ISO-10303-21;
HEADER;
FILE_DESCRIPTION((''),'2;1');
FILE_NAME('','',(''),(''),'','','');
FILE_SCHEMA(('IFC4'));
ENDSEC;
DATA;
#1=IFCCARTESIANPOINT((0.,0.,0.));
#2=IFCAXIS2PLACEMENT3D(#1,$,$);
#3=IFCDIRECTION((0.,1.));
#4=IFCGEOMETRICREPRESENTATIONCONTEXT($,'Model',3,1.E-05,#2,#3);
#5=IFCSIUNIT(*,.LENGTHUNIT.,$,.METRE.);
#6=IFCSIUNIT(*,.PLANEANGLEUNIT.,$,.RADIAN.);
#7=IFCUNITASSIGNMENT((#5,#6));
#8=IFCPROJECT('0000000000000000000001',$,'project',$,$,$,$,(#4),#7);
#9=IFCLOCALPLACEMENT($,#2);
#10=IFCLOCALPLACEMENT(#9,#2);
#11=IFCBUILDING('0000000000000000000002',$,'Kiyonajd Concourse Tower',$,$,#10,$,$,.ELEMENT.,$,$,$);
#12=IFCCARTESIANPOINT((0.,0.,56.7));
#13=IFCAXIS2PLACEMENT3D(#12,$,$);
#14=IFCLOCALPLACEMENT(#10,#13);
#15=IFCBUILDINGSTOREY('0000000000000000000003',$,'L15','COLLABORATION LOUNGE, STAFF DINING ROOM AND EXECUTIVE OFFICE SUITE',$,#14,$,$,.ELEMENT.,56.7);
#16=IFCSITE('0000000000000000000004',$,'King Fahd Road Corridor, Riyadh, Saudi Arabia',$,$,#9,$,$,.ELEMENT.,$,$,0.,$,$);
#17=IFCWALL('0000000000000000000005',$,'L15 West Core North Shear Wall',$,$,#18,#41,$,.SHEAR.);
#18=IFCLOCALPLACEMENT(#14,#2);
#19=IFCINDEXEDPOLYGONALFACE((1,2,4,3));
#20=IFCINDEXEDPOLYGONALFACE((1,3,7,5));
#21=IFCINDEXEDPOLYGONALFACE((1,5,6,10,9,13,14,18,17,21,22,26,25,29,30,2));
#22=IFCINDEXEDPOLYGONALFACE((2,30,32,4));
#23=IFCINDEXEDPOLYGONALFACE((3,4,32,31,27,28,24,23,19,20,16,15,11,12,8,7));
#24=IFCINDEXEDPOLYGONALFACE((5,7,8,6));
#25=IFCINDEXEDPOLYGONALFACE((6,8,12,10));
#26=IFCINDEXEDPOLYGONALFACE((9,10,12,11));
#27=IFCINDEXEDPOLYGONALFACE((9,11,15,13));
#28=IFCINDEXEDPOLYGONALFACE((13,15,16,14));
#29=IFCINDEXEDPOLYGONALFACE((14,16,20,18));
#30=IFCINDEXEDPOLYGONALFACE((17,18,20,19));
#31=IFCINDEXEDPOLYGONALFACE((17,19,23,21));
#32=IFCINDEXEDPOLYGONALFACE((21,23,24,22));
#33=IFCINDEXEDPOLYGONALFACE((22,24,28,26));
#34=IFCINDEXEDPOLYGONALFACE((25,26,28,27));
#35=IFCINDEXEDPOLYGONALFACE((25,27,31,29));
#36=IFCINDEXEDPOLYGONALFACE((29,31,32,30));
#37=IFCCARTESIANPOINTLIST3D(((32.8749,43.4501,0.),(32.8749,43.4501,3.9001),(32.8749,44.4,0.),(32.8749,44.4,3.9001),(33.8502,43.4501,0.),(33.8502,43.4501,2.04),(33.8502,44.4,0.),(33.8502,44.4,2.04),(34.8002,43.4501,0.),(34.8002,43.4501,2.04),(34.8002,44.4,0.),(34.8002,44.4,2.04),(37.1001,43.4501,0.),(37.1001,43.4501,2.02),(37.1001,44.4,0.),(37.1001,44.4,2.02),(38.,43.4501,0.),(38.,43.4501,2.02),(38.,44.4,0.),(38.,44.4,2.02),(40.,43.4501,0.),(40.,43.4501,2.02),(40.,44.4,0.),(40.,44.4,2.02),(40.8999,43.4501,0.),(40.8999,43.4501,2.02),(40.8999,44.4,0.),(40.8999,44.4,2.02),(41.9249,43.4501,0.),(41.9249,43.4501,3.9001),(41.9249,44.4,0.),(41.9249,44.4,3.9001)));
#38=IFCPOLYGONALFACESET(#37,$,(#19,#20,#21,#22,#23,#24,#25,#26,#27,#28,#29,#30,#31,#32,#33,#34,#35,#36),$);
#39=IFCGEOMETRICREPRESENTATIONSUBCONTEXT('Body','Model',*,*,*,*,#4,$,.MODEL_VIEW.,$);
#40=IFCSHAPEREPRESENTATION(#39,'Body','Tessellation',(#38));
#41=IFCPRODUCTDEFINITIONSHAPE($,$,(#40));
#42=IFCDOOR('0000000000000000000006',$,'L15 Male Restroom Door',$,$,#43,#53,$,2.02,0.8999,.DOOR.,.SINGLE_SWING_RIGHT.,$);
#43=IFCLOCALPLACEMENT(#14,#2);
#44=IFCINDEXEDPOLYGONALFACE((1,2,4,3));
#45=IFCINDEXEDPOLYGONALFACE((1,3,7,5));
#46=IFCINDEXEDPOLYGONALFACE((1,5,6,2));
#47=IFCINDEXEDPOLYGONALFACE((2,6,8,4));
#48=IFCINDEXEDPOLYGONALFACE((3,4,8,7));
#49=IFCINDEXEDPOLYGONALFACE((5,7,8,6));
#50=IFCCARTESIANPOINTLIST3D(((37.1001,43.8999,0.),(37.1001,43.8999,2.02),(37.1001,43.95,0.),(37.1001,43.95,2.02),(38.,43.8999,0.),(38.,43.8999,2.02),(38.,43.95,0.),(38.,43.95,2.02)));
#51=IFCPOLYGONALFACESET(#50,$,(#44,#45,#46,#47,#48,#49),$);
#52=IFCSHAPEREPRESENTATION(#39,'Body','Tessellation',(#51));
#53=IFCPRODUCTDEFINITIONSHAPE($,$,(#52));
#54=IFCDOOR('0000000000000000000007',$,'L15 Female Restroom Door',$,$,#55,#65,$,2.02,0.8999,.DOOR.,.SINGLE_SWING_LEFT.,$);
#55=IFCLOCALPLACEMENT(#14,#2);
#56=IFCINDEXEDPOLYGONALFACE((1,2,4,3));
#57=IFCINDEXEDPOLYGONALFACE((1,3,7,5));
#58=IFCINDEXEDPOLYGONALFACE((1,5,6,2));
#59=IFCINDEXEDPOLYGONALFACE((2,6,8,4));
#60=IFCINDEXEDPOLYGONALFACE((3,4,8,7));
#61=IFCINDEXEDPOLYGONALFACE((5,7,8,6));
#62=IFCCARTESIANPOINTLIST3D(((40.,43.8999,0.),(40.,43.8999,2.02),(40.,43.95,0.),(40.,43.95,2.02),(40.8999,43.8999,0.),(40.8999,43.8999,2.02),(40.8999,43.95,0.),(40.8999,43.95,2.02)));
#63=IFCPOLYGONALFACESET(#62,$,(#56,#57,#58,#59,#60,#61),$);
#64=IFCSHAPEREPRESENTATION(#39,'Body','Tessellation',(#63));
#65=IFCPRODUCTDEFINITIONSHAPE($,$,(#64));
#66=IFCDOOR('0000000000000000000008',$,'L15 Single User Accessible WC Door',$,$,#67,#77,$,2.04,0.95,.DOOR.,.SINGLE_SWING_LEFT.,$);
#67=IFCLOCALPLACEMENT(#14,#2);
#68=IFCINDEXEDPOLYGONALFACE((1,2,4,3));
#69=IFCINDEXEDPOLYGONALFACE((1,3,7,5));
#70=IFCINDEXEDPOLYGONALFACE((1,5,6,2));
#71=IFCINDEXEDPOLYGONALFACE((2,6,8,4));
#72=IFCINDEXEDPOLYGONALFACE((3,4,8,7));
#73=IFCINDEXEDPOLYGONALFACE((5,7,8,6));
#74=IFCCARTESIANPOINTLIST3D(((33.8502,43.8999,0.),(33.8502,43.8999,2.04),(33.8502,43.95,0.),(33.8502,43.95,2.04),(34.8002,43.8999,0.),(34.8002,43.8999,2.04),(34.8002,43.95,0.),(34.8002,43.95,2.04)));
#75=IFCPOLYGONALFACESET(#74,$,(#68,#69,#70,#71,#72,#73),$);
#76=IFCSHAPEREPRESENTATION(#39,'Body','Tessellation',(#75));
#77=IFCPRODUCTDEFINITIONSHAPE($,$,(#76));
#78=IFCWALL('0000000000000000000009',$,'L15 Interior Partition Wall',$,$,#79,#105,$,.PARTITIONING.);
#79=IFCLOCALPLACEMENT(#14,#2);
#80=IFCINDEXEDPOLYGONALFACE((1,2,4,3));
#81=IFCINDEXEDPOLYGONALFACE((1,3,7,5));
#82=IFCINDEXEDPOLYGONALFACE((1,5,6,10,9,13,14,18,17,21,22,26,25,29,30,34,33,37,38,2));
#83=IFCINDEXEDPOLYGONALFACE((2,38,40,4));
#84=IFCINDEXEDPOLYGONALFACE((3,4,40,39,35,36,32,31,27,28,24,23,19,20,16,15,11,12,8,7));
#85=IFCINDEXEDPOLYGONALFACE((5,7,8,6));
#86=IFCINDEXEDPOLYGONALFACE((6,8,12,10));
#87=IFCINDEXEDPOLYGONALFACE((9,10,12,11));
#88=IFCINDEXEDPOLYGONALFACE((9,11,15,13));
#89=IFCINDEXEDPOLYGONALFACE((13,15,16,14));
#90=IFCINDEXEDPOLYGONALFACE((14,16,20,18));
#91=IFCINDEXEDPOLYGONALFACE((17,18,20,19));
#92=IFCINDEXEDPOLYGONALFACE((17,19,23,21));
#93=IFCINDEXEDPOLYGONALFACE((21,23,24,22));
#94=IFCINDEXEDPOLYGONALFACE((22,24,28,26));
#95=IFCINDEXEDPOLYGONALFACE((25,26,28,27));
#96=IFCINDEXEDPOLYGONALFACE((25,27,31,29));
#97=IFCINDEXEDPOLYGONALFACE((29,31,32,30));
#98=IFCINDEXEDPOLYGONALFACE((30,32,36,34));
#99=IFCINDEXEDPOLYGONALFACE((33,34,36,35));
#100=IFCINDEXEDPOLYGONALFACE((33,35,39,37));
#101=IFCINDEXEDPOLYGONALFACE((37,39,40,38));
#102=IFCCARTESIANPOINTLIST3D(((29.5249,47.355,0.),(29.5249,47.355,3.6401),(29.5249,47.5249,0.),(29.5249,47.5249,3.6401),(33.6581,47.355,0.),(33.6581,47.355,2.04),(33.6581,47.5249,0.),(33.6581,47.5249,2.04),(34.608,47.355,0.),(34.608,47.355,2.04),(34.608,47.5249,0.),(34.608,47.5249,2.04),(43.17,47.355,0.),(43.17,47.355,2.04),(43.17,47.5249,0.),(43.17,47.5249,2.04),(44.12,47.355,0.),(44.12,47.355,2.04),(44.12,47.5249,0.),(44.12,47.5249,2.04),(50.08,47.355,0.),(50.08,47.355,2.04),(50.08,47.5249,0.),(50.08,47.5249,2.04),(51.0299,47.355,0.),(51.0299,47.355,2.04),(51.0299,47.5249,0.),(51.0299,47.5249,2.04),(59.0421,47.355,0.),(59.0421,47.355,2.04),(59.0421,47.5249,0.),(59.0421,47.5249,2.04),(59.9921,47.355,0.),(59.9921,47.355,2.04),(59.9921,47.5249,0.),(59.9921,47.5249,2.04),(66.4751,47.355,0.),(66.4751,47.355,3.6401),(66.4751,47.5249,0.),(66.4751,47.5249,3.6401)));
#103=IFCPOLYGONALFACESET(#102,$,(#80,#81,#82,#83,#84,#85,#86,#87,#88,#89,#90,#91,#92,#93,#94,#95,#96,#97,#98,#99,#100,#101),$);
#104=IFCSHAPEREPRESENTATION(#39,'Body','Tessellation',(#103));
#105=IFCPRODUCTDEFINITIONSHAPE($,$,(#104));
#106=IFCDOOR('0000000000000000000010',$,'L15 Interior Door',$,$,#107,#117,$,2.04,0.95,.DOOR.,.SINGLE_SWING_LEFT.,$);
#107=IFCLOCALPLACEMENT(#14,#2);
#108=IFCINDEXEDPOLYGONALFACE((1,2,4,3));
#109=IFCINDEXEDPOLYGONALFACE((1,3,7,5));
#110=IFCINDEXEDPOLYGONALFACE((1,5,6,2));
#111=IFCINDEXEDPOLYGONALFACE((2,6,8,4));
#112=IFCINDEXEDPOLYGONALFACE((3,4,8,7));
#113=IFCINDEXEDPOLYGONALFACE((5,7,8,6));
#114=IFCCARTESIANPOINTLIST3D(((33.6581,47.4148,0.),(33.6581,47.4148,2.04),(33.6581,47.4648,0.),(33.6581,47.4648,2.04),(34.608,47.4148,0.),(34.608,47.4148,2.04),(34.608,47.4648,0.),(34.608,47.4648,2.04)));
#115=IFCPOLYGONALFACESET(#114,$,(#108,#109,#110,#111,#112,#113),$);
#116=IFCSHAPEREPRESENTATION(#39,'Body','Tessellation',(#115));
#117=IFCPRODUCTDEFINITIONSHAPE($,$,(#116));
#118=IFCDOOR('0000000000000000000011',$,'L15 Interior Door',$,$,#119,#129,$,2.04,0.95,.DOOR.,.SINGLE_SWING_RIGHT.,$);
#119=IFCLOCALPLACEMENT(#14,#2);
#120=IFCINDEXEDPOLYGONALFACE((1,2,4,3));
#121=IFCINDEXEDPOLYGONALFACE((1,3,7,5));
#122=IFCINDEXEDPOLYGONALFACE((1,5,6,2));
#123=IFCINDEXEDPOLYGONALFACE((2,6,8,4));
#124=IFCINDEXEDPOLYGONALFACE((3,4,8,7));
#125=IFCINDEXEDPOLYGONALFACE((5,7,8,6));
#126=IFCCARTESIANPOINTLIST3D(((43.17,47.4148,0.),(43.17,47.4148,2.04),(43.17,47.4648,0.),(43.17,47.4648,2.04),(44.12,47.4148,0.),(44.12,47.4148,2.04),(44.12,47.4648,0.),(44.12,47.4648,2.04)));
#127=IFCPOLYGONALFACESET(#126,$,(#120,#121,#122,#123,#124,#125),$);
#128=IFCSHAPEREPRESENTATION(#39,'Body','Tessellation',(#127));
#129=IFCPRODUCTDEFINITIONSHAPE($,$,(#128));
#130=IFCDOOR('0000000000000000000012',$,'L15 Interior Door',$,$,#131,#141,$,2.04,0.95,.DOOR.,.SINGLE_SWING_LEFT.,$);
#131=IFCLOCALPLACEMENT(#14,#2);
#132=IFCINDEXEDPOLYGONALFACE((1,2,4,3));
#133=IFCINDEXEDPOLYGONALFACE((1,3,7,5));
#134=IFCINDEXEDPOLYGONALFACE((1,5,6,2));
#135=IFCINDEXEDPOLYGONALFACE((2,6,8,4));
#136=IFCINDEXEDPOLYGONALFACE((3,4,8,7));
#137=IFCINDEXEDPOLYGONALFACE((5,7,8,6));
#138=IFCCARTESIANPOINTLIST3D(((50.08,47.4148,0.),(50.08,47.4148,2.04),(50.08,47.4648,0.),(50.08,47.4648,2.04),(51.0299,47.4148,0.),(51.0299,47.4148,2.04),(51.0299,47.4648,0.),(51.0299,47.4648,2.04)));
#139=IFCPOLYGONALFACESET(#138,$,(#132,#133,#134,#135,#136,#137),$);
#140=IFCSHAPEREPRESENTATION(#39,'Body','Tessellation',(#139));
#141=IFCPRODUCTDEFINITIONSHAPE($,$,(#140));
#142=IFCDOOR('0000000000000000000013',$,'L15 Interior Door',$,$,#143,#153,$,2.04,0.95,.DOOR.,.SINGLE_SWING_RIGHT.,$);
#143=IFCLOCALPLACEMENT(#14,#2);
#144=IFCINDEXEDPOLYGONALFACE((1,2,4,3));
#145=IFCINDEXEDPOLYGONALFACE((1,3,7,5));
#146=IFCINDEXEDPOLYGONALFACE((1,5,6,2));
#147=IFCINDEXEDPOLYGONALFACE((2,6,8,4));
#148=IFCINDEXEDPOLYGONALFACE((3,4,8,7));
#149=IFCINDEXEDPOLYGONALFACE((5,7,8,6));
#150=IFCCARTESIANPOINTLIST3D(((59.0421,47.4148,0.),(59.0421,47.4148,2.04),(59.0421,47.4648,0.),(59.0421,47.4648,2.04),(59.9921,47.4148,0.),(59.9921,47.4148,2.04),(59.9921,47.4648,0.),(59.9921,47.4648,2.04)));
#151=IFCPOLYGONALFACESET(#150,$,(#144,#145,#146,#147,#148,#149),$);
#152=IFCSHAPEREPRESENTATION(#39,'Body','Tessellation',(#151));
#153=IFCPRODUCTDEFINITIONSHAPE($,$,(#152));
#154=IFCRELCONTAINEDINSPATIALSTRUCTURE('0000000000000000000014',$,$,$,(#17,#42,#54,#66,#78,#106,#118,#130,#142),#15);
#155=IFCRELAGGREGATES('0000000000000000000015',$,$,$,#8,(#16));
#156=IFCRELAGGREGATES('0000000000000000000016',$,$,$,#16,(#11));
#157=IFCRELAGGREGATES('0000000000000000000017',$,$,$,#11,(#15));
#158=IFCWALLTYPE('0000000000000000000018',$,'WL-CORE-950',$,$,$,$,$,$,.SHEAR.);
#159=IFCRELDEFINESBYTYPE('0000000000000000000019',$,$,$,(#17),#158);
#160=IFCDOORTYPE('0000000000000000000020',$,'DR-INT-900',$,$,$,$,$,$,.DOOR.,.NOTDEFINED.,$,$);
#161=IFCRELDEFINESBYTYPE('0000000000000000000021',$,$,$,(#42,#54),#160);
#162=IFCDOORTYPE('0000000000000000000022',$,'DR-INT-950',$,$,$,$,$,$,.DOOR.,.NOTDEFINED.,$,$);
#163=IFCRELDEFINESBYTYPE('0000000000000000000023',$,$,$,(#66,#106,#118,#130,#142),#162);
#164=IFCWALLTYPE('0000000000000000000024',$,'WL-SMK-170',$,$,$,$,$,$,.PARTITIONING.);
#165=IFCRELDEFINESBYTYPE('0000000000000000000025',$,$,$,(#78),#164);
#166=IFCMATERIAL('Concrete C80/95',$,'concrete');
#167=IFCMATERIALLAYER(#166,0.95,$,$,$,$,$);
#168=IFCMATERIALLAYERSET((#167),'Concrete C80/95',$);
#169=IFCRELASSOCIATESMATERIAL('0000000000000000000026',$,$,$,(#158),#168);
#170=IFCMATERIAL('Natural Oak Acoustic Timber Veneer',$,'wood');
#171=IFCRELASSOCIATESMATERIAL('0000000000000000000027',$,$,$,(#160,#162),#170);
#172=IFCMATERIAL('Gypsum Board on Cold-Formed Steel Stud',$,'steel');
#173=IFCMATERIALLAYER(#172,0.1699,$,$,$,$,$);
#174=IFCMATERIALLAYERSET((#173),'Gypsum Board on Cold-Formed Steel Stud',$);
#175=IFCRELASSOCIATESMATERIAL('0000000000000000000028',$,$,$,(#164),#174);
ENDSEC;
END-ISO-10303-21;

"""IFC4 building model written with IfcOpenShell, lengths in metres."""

from ifc_helpers import new_model, si_unit, direction, frame, frame_2d, origin, place, context, subcontext, project, spatial, rectangle, extrude, material, layer, layer_set, type_object, element, fill, save


model = new_model("IFC4")

# Units and contexts
model_context = context("Model", 3, precision=1e-05, world=origin(), true_north=direction((0.0, 1.0)))
body_context = subcontext(model_context, "Body", "Model", "MODEL_VIEW")
ifc_project = project(units=[si_unit("LENGTHUNIT", "METRE"), si_unit("PLANEANGLEUNIT", "RADIAN")], contexts=[model_context])

# Site, building, storey
site_placement = place(None, origin())
site = spatial("IfcSite", under=ifc_project, at=site_placement, Name="King Fahd Road Corridor, Riyadh, Saudi Arabia", CompositionType="ELEMENT", RefElevation=0.0)
building_placement = place(site_placement, origin())
building = spatial("IfcBuilding", under=site, at=building_placement, Name="Kiyonajd Concourse Tower", CompositionType="ELEMENT")
storey_placement = place(building_placement, frame((0.0, 0.0, 56.7)))
storey = spatial("IfcBuildingStorey", under=building, at=storey_placement, Name="L15", Description="COLLABORATION LOUNGE, STAFF DINING ROOM AND EXECUTIVE OFFICE SUITE", CompositionType="ELEMENT", Elevation=56.7)

# Shared definitions
ifc_material_1 = material(Name="Concrete C80/95", Category="concrete")

# Walls, openings, doors
ifc_layer_1 = layer(ifc_material_1, 0.95)
ifc_layer_set_1 = layer_set([ifc_layer_1], Name="Concrete C80/95")
wall_type_1 = type_object("IfcWallType", Name="WL-CORE-950", PredefinedType="SHEAR", material=ifc_layer_set_1)
wall_1_placement = place(storey_placement, frame((32.875, 43.925, 0.0), z_axis=(0.0, 0.0, 1.0), x_axis=(1.0, 0.0, 0.0)))
wall_1 = element("IfcWall", 1, at=wall_1_placement, inside=storey, type_object=wall_type_1, Name="L15 West Core North Shear Wall", PredefinedType="SHEAR", context=body_context, shape_type="SweptSolid", body=[
    extrude(rectangle(XDim=9.05, YDim=0.95, at=frame_2d((4.5249, 0.0))), origin(), (0.0, 0.0, 1.0), 3.9001),
])
opening_1_placement = place(wall_1_placement, frame((0.9751, 0.0, 0.0)))
opening_1 = element("IfcOpeningElement", 2, at=opening_1_placement, cuts=wall_1, PredefinedType="OPENING", context=body_context, shape_type="SweptSolid", body=[
    extrude(rectangle(XDim=0.95, YDim=2.04, at=frame_2d((0.4751, 1.02))), frame((0.0, 0.4849, 0.0), z_axis=(0.0, -1.0, 0.0), x_axis=(1.0, 0.0, 0.0)), (0.0, 0.0, 1.0), 0.97),
])
opening_2_placement = place(wall_1_placement, frame((4.2251, 0.0, 0.0)))
opening_2 = element("IfcOpeningElement", 3, at=opening_2_placement, cuts=wall_1, PredefinedType="OPENING", context=body_context, shape_type="SweptSolid", body=[
    extrude(rectangle(XDim=0.8999, YDim=2.02, at=frame_2d((0.45, 1.01))), frame((0.0, 0.4849, 0.0), z_axis=(0.0, -1.0, 0.0), x_axis=(1.0, 0.0, 0.0)), (0.0, 0.0, 1.0), 0.97),
])
opening_3_placement = place(wall_1_placement, frame((7.125, 0.0, 0.0)))
opening_3 = element("IfcOpeningElement", 4, at=opening_3_placement, cuts=wall_1, PredefinedType="OPENING", context=body_context, shape_type="SweptSolid", body=[
    extrude(rectangle(XDim=0.8999, YDim=2.02, at=frame_2d((0.45, 1.01))), frame((0.0, 0.4849, 0.0), z_axis=(0.0, -1.0, 0.0), x_axis=(1.0, 0.0, 0.0)), (0.0, 0.0, 1.0), 0.97),
])
ifc_material_2 = material(Name="Natural Oak Acoustic Timber Veneer", Category="wood")
door_type_1 = type_object("IfcDoorType", Name="DR-INT-900", OperationType="NOTDEFINED", PredefinedType="DOOR", material=ifc_material_2)
door_1_placement = place(opening_2_placement, origin())
door_1 = element("IfcDoor", 5, at=door_1_placement, inside=storey, type_object=door_type_1, Name="L15 Male Restroom Door", OperationType="SINGLE_SWING_RIGHT", OverallHeight=2.02, OverallWidth=0.8999, PredefinedType="DOOR", context=body_context, shape_type="SweptSolid", body=[
    extrude(rectangle(XDim=0.8999, YDim=2.02, at=frame_2d((0.45, 1.01))), frame((0.0, 0.0249, 0.0), z_axis=(0.0, -1.0, 0.0), x_axis=(1.0, 0.0, 0.0)), (0.0, 0.0, 1.0), 0.05),
])
fill(opening_2, door_1)
door_2_placement = place(opening_3_placement, origin())
door_2 = element("IfcDoor", 6, at=door_2_placement, inside=storey, type_object=door_type_1, Name="L15 Female Restroom Door", OperationType="SINGLE_SWING_LEFT", OverallHeight=2.02, OverallWidth=0.8999, PredefinedType="DOOR", context=body_context, shape_type="SweptSolid", body=[
    extrude(rectangle(XDim=0.8999, YDim=2.02, at=frame_2d((0.45, 1.01))), frame((0.0, 0.0249, 0.0), z_axis=(0.0, -1.0, 0.0), x_axis=(1.0, 0.0, 0.0)), (0.0, 0.0, 1.0), 0.05),
])
fill(opening_3, door_2)
door_type_2 = type_object("IfcDoorType", Name="DR-INT-950", OperationType="NOTDEFINED", PredefinedType="DOOR", material=ifc_material_2)
door_3_placement = place(opening_1_placement, origin())
door_3 = element("IfcDoor", 7, at=door_3_placement, inside=storey, type_object=door_type_2, Name="L15 Single User Accessible WC Door", OperationType="SINGLE_SWING_LEFT", OverallHeight=2.04, OverallWidth=0.95, PredefinedType="DOOR", context=body_context, shape_type="SweptSolid", body=[
    extrude(rectangle(XDim=0.95, YDim=2.04, at=frame_2d((0.4751, 1.02))), frame((0.0, 0.0249, 0.0), z_axis=(0.0, -1.0, 0.0), x_axis=(1.0, 0.0, 0.0)), (0.0, 0.0, 1.0), 0.05),
])
fill(opening_1, door_3)
ifc_material_3 = material(Name="Gypsum Board on Cold-Formed Steel Stud", Category="steel")
ifc_layer_2 = layer(ifc_material_3, 0.1699)
ifc_layer_set_2 = layer_set([ifc_layer_2], Name="Gypsum Board on Cold-Formed Steel Stud")
wall_type_2 = type_object("IfcWallType", Name="WL-SMK-170", PredefinedType="PARTITIONING", material=ifc_layer_set_2)
wall_2_placement = place(storey_placement, frame((29.5249, 47.4399, 0.0), z_axis=(0.0, 0.0, 1.0), x_axis=(1.0, 0.0, 0.0)))
wall_2 = element("IfcWall", 8, at=wall_2_placement, inside=storey, type_object=wall_type_2, Name="L15 Interior Partition Wall", PredefinedType="PARTITIONING", context=body_context, shape_type="SweptSolid", body=[
    extrude(rectangle(XDim=36.9502, YDim=0.1699, at=frame_2d((18.4751, 0.0))), origin(), (0.0, 0.0, 1.0), 3.6401),
])
opening_4_placement = place(wall_2_placement, frame((4.1331, 0.0, 0.0)))
opening_4 = element("IfcOpeningElement", 9, at=opening_4_placement, cuts=wall_2, PredefinedType="OPENING", context=body_context, shape_type="SweptSolid", body=[
    extrude(rectangle(XDim=0.95, YDim=2.04, at=frame_2d((0.4751, 1.02))), frame((0.0, 0.095, 0.0), z_axis=(0.0, -1.0, 0.0), x_axis=(1.0, 0.0, 0.0)), (0.0, 0.0, 1.0), 0.1899),
])
opening_5_placement = place(wall_2_placement, frame((13.645, 0.0, 0.0)))
opening_5 = element("IfcOpeningElement", 10, at=opening_5_placement, cuts=wall_2, PredefinedType="OPENING", context=body_context, shape_type="SweptSolid", body=[
    extrude(rectangle(XDim=0.95, YDim=2.04, at=frame_2d((0.4751, 1.02))), frame((0.0, 0.095, 0.0), z_axis=(0.0, -1.0, 0.0), x_axis=(1.0, 0.0, 0.0)), (0.0, 0.0, 1.0), 0.1899),
])
opening_6_placement = place(wall_2_placement, frame((20.5549, 0.0, 0.0)))
opening_6 = element("IfcOpeningElement", 11, at=opening_6_placement, cuts=wall_2, PredefinedType="OPENING", context=body_context, shape_type="SweptSolid", body=[
    extrude(rectangle(XDim=0.95, YDim=2.04, at=frame_2d((0.4751, 1.02))), frame((0.0, 0.095, 0.0), z_axis=(0.0, -1.0, 0.0), x_axis=(1.0, 0.0, 0.0)), (0.0, 0.0, 1.0), 0.1899),
])
opening_7_placement = place(wall_2_placement, frame((29.5171, 0.0, 0.0)))
opening_7 = element("IfcOpeningElement", 12, at=opening_7_placement, cuts=wall_2, PredefinedType="OPENING", context=body_context, shape_type="SweptSolid", body=[
    extrude(rectangle(XDim=0.95, YDim=2.04, at=frame_2d((0.4751, 1.02))), frame((0.0, 0.095, 0.0), z_axis=(0.0, -1.0, 0.0), x_axis=(1.0, 0.0, 0.0)), (0.0, 0.0, 1.0), 0.1899),
])
door_4_placement = place(opening_4_placement, origin())
door_4 = element("IfcDoor", 13, at=door_4_placement, inside=storey, type_object=door_type_2, Name="L15 Interior Door", OperationType="SINGLE_SWING_LEFT", OverallHeight=2.04, OverallWidth=0.95, PredefinedType="DOOR", context=body_context, shape_type="SweptSolid", body=[
    extrude(rectangle(XDim=0.95, YDim=2.04, at=frame_2d((0.4751, 1.02))), frame((0.0, 0.0249, 0.0), z_axis=(0.0, -1.0, 0.0), x_axis=(1.0, 0.0, 0.0)), (0.0, 0.0, 1.0), 0.05),
])
fill(opening_4, door_4)
door_5_placement = place(opening_5_placement, origin())
door_5 = element("IfcDoor", 14, at=door_5_placement, inside=storey, type_object=door_type_2, Name="L15 Interior Door", OperationType="SINGLE_SWING_RIGHT", OverallHeight=2.04, OverallWidth=0.95, PredefinedType="DOOR", context=body_context, shape_type="SweptSolid", body=[
    extrude(rectangle(XDim=0.95, YDim=2.04, at=frame_2d((0.4751, 1.02))), frame((0.0, 0.0249, 0.0), z_axis=(0.0, -1.0, 0.0), x_axis=(1.0, 0.0, 0.0)), (0.0, 0.0, 1.0), 0.05),
])
fill(opening_5, door_5)
door_6_placement = place(opening_6_placement, origin())
door_6 = element("IfcDoor", 15, at=door_6_placement, inside=storey, type_object=door_type_2, Name="L15 Interior Door", OperationType="SINGLE_SWING_LEFT", OverallHeight=2.04, OverallWidth=0.95, PredefinedType="DOOR", context=body_context, shape_type="SweptSolid", body=[
    extrude(rectangle(XDim=0.95, YDim=2.04, at=frame_2d((0.4751, 1.02))), frame((0.0, 0.0249, 0.0), z_axis=(0.0, -1.0, 0.0), x_axis=(1.0, 0.0, 0.0)), (0.0, 0.0, 1.0), 0.05),
])
fill(opening_6, door_6)
door_7_placement = place(opening_7_placement, origin())
door_7 = element("IfcDoor", 16, at=door_7_placement, inside=storey, type_object=door_type_2, Name="L15 Interior Door", OperationType="SINGLE_SWING_RIGHT", OverallHeight=2.04, OverallWidth=0.95, PredefinedType="DOOR", context=body_context, shape_type="SweptSolid", body=[
    extrude(rectangle(XDim=0.95, YDim=2.04, at=frame_2d((0.4751, 1.02))), frame((0.0, 0.0249, 0.0), z_axis=(0.0, -1.0, 0.0), x_axis=(1.0, 0.0, 0.0)), (0.0, 0.0, 1.0), 0.05),
])
fill(opening_7, door_7)

save(model, "model.ifc")
